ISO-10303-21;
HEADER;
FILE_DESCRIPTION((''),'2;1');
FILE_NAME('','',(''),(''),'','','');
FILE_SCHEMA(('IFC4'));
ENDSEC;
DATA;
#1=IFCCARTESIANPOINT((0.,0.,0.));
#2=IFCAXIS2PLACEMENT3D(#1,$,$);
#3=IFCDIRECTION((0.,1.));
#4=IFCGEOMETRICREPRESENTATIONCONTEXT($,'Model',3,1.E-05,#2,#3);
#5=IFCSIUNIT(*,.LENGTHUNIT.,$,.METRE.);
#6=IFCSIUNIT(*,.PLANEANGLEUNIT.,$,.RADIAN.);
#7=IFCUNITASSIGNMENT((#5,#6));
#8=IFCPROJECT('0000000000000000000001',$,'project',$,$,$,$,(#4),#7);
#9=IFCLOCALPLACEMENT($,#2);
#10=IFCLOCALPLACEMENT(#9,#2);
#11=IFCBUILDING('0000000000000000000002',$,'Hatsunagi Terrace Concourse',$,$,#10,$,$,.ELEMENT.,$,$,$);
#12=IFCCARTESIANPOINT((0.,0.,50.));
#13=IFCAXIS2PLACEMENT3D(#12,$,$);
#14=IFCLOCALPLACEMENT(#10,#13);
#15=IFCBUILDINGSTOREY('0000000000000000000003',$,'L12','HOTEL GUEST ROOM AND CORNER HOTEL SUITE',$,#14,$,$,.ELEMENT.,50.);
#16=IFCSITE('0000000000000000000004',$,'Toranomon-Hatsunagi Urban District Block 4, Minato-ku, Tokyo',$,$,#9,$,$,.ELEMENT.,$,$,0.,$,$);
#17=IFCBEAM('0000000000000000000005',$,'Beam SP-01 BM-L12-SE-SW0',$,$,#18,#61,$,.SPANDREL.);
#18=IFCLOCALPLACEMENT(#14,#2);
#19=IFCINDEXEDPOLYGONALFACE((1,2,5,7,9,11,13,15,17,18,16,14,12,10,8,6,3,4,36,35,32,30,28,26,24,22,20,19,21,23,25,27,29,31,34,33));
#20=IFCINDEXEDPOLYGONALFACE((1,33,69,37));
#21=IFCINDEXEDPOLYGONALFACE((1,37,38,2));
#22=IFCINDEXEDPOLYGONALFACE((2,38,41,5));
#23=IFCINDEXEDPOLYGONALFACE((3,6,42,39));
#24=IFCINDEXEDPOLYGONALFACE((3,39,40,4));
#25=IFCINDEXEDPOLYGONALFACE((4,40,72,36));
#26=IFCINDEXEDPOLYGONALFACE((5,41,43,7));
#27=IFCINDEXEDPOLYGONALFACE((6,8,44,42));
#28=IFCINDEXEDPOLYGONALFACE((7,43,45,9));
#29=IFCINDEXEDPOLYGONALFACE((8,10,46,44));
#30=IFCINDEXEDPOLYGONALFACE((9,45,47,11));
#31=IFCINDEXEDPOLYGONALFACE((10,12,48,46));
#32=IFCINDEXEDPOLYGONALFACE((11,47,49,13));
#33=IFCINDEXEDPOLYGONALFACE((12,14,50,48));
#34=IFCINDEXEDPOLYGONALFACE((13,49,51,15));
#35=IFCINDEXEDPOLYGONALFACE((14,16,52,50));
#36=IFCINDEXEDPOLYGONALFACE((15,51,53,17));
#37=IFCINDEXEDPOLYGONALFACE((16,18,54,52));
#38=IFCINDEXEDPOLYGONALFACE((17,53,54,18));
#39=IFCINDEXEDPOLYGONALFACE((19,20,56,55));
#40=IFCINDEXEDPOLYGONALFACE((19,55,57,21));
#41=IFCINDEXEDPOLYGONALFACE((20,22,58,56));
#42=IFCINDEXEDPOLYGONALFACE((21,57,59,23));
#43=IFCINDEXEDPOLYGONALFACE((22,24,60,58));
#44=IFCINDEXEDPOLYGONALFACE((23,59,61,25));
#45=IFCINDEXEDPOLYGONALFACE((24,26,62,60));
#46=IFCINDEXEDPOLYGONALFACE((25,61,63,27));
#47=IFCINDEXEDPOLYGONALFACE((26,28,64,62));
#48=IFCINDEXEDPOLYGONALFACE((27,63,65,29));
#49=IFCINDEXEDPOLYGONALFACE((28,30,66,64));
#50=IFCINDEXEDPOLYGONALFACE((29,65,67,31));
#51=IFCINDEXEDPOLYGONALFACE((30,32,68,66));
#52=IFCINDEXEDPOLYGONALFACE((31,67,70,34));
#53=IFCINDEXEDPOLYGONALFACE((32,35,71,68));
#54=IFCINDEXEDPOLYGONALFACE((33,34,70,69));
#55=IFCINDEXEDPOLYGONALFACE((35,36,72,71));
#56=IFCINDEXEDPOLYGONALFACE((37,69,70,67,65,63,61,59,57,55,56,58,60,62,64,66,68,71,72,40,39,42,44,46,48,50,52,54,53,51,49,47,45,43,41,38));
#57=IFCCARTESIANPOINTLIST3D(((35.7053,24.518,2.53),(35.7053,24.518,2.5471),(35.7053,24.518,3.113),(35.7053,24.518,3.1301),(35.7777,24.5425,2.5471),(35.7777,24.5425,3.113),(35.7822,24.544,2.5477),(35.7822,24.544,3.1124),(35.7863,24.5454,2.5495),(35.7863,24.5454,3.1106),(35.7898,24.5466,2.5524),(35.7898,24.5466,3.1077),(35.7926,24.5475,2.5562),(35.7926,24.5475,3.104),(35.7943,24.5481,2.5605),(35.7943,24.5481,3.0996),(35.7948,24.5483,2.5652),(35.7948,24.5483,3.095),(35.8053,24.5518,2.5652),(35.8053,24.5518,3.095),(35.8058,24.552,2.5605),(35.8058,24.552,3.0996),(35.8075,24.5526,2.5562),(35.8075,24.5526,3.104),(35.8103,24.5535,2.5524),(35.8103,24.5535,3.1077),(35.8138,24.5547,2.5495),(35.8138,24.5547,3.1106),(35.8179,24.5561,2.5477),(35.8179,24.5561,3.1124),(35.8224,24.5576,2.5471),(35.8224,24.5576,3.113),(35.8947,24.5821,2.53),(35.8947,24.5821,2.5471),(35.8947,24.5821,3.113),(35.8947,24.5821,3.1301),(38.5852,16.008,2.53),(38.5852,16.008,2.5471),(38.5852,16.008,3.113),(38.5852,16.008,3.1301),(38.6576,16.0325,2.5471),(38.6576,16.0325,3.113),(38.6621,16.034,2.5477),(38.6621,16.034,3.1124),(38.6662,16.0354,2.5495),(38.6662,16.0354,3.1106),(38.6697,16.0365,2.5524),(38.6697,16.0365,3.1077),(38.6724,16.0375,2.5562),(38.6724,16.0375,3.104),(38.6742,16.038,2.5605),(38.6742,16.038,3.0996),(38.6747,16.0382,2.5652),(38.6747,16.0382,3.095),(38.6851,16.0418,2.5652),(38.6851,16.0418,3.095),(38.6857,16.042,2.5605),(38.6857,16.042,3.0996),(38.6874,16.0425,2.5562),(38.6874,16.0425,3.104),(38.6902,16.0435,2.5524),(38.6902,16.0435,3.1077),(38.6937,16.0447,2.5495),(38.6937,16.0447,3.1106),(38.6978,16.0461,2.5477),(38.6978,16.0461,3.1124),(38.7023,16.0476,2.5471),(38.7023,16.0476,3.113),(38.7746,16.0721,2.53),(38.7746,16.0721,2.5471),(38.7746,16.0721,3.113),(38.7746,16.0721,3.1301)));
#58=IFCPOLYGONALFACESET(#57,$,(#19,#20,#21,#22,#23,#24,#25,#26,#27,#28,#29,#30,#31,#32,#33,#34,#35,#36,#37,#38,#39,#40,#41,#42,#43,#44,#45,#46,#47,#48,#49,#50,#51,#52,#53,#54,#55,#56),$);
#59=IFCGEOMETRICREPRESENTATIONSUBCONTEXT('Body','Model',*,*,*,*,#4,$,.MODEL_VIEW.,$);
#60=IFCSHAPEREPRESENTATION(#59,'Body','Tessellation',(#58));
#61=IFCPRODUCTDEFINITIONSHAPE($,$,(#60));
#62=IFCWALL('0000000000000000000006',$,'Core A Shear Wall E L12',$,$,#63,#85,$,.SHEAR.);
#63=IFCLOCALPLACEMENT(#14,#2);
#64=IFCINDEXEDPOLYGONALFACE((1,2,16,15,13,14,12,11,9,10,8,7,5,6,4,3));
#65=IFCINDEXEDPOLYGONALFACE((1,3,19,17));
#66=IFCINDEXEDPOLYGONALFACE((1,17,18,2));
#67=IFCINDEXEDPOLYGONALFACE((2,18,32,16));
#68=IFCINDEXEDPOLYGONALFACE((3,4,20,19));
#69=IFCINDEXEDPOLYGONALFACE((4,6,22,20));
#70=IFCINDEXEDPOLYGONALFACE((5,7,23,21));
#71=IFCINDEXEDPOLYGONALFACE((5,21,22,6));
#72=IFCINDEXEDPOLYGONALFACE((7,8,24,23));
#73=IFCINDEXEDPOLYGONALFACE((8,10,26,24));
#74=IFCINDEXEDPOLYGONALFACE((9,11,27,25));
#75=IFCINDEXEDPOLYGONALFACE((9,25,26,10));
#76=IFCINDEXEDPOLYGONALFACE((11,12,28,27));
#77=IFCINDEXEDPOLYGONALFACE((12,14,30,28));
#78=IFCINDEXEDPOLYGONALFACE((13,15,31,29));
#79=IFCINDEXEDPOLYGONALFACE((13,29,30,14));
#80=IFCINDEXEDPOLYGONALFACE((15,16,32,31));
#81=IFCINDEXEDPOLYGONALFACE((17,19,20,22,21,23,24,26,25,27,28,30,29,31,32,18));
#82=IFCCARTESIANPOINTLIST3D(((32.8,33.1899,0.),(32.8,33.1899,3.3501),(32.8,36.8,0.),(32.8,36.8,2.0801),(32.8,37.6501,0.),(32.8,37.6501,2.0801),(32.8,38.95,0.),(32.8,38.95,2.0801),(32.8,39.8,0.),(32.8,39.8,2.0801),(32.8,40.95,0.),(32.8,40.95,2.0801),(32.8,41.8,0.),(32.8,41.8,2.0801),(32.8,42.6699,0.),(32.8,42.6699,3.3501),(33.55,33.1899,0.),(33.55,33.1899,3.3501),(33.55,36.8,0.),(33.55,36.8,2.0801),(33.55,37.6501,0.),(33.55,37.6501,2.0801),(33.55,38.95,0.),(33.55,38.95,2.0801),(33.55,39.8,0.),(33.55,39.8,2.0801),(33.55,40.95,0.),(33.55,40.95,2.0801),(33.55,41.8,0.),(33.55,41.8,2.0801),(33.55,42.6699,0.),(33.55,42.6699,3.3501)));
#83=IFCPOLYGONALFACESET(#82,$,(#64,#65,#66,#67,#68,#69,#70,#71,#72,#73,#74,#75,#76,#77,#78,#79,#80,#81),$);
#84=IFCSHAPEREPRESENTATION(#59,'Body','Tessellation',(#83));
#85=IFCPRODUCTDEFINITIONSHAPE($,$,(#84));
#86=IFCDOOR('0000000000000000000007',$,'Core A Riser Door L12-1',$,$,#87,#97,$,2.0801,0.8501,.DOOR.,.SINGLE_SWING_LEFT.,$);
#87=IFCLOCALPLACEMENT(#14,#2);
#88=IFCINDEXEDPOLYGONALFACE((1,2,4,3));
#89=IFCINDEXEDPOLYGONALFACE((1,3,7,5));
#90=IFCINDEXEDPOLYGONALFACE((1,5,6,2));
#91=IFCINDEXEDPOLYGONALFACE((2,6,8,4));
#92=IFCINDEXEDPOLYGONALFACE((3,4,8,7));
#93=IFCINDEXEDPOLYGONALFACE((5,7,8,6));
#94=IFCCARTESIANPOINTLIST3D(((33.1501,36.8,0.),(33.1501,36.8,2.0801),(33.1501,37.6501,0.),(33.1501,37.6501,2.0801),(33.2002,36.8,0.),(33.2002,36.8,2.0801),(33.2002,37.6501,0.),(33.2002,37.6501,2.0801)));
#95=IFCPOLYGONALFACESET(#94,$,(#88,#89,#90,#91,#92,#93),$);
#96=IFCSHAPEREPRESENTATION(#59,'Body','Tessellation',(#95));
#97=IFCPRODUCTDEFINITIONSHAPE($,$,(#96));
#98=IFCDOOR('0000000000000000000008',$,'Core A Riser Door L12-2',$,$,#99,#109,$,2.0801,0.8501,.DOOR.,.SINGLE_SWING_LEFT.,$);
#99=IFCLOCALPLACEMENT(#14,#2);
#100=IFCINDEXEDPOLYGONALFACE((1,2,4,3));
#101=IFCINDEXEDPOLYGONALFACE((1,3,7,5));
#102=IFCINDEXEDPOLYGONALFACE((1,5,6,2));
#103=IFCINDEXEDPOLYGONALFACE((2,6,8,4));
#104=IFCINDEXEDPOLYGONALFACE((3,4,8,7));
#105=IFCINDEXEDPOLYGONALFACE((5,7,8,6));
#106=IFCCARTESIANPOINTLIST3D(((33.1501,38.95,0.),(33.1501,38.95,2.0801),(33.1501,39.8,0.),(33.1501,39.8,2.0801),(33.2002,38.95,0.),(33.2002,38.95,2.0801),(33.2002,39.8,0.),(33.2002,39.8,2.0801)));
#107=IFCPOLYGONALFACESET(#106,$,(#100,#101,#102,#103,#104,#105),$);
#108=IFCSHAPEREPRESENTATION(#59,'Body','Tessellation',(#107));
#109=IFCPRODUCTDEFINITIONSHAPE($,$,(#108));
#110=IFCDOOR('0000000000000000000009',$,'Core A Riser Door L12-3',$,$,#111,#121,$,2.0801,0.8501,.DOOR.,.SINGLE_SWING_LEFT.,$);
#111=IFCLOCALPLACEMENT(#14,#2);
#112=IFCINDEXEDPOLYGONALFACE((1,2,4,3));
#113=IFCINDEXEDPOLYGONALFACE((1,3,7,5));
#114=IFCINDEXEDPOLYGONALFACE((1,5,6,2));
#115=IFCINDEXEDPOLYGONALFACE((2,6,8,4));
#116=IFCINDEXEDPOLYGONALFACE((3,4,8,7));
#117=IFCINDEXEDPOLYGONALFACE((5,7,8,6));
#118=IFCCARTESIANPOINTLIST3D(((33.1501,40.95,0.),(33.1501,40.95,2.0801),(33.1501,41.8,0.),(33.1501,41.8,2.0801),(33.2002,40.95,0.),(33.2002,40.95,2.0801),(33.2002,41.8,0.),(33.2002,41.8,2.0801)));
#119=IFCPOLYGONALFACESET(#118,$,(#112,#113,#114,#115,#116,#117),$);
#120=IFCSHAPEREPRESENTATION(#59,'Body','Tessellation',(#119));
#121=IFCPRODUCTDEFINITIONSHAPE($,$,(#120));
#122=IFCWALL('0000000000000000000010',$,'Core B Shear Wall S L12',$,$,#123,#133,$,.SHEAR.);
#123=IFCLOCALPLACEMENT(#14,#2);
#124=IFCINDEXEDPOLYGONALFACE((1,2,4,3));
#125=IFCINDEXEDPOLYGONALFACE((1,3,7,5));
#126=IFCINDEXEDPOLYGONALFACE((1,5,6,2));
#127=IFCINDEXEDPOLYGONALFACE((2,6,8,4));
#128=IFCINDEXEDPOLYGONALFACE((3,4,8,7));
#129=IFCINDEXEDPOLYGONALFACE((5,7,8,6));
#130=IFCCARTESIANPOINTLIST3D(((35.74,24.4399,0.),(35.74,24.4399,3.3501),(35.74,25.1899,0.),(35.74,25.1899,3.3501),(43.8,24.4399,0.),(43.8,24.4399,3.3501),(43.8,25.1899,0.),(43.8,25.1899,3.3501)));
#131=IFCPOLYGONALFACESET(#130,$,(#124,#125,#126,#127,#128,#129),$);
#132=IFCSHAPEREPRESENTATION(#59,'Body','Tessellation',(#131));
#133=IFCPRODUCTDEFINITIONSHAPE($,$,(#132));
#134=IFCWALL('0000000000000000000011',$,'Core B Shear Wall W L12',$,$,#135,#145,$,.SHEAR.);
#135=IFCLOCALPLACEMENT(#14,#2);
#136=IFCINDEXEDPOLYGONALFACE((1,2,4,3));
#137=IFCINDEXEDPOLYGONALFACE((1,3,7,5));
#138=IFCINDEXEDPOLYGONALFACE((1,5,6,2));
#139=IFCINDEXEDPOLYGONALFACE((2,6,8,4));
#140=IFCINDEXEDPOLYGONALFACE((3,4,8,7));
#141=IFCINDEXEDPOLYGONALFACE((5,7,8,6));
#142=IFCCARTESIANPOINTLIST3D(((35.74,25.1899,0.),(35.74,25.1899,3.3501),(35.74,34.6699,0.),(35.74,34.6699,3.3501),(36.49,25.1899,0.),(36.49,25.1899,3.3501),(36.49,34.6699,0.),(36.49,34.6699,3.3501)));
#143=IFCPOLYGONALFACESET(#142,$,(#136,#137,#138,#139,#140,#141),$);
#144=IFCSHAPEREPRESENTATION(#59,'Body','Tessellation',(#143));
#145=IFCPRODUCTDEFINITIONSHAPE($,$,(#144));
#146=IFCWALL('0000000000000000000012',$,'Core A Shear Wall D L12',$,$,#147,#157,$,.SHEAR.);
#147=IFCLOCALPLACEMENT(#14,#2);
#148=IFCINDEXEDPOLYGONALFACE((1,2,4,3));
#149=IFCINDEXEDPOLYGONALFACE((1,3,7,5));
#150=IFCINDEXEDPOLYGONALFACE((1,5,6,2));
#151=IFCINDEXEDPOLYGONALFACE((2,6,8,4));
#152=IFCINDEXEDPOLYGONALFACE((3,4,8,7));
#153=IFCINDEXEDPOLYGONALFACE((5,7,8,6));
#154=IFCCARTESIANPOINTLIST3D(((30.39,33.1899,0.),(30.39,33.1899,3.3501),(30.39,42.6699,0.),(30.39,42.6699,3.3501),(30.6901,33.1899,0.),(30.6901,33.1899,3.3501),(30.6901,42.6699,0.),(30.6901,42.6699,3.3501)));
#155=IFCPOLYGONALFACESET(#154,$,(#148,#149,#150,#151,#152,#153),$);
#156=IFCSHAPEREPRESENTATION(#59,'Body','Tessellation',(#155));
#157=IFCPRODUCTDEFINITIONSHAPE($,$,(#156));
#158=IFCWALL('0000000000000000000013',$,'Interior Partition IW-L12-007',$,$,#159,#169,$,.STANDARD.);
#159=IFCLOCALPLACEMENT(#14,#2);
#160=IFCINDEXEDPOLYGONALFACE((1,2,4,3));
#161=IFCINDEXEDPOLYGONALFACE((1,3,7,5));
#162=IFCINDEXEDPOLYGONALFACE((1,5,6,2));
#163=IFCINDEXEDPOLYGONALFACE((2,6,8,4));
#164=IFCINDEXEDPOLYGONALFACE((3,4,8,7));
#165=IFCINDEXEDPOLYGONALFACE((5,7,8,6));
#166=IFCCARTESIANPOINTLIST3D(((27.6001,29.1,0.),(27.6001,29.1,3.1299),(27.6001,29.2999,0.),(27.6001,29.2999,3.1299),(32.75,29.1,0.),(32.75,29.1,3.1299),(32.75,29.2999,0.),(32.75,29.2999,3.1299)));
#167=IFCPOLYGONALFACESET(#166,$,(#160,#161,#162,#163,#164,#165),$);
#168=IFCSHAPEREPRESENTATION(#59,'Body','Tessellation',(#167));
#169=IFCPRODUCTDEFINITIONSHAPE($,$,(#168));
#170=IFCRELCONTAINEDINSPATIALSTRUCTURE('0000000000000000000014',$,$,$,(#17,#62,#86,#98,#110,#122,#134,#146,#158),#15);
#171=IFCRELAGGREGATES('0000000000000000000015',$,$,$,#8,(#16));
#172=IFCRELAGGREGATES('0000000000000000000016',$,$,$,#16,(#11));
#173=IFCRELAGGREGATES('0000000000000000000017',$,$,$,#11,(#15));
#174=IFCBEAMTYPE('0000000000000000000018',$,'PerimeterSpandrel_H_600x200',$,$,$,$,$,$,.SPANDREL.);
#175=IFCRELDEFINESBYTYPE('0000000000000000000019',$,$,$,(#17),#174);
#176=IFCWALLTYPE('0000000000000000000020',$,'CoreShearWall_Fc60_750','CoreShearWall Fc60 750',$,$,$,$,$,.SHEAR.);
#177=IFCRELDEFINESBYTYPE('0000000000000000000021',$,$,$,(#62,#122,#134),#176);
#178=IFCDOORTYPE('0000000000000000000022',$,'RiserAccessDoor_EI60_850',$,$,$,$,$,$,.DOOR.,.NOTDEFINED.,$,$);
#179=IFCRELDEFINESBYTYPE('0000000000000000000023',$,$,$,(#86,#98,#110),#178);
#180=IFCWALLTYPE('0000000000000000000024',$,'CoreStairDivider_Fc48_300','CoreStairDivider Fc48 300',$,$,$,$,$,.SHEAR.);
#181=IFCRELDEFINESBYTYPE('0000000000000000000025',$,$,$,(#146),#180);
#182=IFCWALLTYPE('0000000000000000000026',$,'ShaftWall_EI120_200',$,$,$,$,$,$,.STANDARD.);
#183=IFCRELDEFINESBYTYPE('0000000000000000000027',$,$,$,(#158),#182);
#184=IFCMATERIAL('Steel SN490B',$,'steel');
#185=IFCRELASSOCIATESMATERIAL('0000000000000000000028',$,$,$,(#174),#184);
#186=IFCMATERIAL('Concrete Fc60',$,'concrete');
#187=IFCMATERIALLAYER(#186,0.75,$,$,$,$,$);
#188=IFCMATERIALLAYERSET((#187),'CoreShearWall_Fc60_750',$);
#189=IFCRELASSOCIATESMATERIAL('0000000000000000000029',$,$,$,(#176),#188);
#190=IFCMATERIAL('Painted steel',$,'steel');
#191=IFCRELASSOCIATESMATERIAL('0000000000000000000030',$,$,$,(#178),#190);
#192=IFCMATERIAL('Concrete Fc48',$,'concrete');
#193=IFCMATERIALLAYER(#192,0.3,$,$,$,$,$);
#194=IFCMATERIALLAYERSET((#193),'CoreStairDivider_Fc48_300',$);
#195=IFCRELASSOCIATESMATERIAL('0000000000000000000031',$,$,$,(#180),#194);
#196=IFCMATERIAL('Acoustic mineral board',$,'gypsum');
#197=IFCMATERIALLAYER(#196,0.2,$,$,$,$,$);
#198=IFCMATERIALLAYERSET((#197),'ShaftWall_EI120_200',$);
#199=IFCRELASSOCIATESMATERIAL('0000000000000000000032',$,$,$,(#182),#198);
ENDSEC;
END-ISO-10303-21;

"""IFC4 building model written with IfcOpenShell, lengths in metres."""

from ifc_helpers import new_model, si_unit, direction, frame, frame_2d, origin, origin_2d, place, context, subcontext, project, spatial, rectangle, i_section, extrude, material, layer, layer_set, material_profile, profile_set, type_object, element, fill, save


model = new_model("IFC4")

# Units and contexts
model_context = context("Model", 3, precision=1e-05, world=origin(), true_north=direction((0.0, 1.0)))
body_context = subcontext(model_context, "Body", "Model", "MODEL_VIEW")
ifc_project = project(units=[si_unit("LENGTHUNIT", "METRE"), si_unit("PLANEANGLEUNIT", "RADIAN")], contexts=[model_context])

# Site, building, storey
site_placement = place(None, origin())
site = spatial("IfcSite", under=ifc_project, at=site_placement, Name="Toranomon-Hatsunagi Urban District Block 4, Minato-ku, Tokyo", CompositionType="ELEMENT", RefElevation=0.0)
building_placement = place(site_placement, origin())
building = spatial("IfcBuilding", under=site, at=building_placement, Name="Hatsunagi Terrace Concourse", CompositionType="ELEMENT")
storey_placement = place(building_placement, frame((0.0, 0.0, 50.0)))
storey = spatial("IfcBuildingStorey", under=building, at=storey_placement, Name="L12", Description="HOTEL GUEST ROOM AND CORNER HOTEL SUITE", CompositionType="ELEMENT", Elevation=50.0)

# Beam
ifc_material_1 = material(Name="Steel SN490B", Category="steel")
ifc_material_profile_1 = material_profile(ifc_material_1, i_section(OverallWidth=0.2, OverallDepth=0.6001, WebThickness=0.011, FlangeThickness=0.0171, FilletRadius=0.0181, at=origin_2d()), Name="H-600x200x11x17")
ifc_profile_set_1 = profile_set([ifc_material_profile_1], Name="Steel SN490B")
beam_type_1 = type_object("IfcBeamType", Name="PerimeterSpandrel_H_600x200", PredefinedType="SPANDREL", material=ifc_profile_set_1)
beam_1_placement = place(storey_placement, frame((35.8, 24.55, 2.8301), z_axis=(0.320553, -0.94723, 0.0), x_axis=(0.94723, 0.320553, 0.0)))
element("IfcBeam", 1, at=beam_1_placement, inside=storey, type_object=beam_type_1, Name="Beam SP-01 BM-L12-SE-SW0", PredefinedType="SPANDREL", context=body_context, shape_type="SweptSolid", body=[
    extrude(i_section(OverallWidth=0.2, OverallDepth=0.6001, WebThickness=0.011, FlangeThickness=0.0171, FilletRadius=0.0181, at=origin_2d()), origin(), (0.0, 0.0, 1.0), 8.9841),
])

# Wall, openings, doors
ifc_material_2 = material(Name="Concrete Fc60", Category="concrete")
ifc_layer_1 = layer(ifc_material_2, 0.75)
ifc_layer_set_1 = layer_set([ifc_layer_1], Name="CoreShearWall_Fc60_750")
wall_type_1 = type_object("IfcWallType", Name="CoreShearWall_Fc60_750", Description="CoreShearWall Fc60 750", PredefinedType="SHEAR", material=ifc_layer_set_1)
wall_1_placement = place(storey_placement, frame((33.175, 33.1899, 0.0), z_axis=(0.0, 0.0, 1.0), x_axis=(0.0, 1.0, 0.0)))
wall_1 = element("IfcWall", 2, at=wall_1_placement, inside=storey, type_object=wall_type_1, Name="Core A Shear Wall E L12", PredefinedType="SHEAR", context=body_context, shape_type="SweptSolid", body=[
    extrude(rectangle(XDim=9.48, YDim=0.75, at=frame_2d((4.74, 0.0))), origin(), (0.0, 0.0, 1.0), 3.3501),
])
opening_1_placement = place(wall_1_placement, frame((3.6101, 0.0, 0.0)))
opening_1 = element("IfcOpeningElement", 3, at=opening_1_placement, cuts=wall_1, PredefinedType="OPENING", context=body_context, shape_type="SweptSolid", body=[
    extrude(rectangle(XDim=0.8501, YDim=2.0801, at=frame_2d((0.425, 1.04))), frame((0.0, 0.385, 0.0), z_axis=(0.0, -1.0, 0.0), x_axis=(1.0, 0.0, 0.0)), (0.0, 0.0, 1.0), 0.77),
])
opening_2_placement = place(wall_1_placement, frame((5.76, 0.0, 0.0)))
opening_2 = element("IfcOpeningElement", 4, at=opening_2_placement, cuts=wall_1, PredefinedType="OPENING", context=body_context, shape_type="SweptSolid", body=[
    extrude(rectangle(XDim=0.8501, YDim=2.0801, at=frame_2d((0.425, 1.04))), frame((0.0, 0.385, 0.0), z_axis=(0.0, -1.0, 0.0), x_axis=(1.0, 0.0, 0.0)), (0.0, 0.0, 1.0), 0.77),
])
opening_3_placement = place(wall_1_placement, frame((7.76, 0.0, 0.0)))
opening_3 = element("IfcOpeningElement", 5, at=opening_3_placement, cuts=wall_1, PredefinedType="OPENING", context=body_context, shape_type="SweptSolid", body=[
    extrude(rectangle(XDim=0.8501, YDim=2.0801, at=frame_2d((0.425, 1.04))), frame((0.0, 0.385, 0.0), z_axis=(0.0, -1.0, 0.0), x_axis=(1.0, 0.0, 0.0)), (0.0, 0.0, 1.0), 0.77),
])
ifc_material_3 = material(Name="Painted steel", Category="steel")
door_type_1 = type_object("IfcDoorType", Name="RiserAccessDoor_EI60_850", OperationType="NOTDEFINED", PredefinedType="DOOR", material=ifc_material_3)
door_1_placement = place(opening_1_placement, origin())
door_1 = element("IfcDoor", 6, at=door_1_placement, inside=storey, type_object=door_type_1, Name="Core A Riser Door L12-1", OperationType="SINGLE_SWING_LEFT", OverallHeight=2.0801, OverallWidth=0.8501, PredefinedType="DOOR", context=body_context, shape_type="SweptSolid", body=[
    extrude(rectangle(XDim=0.8501, YDim=2.0801, at=frame_2d((0.425, 1.04))), frame((0.0, 0.0249, 0.0), z_axis=(0.0, -1.0, 0.0), x_axis=(1.0, 0.0, 0.0)), (0.0, 0.0, 1.0), 0.05),
])
fill(opening_1, door_1)
door_2_placement = place(opening_2_placement, origin())
door_2 = element("IfcDoor", 7, at=door_2_placement, inside=storey, type_object=door_type_1, Name="Core A Riser Door L12-2", OperationType="SINGLE_SWING_LEFT", OverallHeight=2.0801, OverallWidth=0.8501, PredefinedType="DOOR", context=body_context, shape_type="SweptSolid", body=[
    extrude(rectangle(XDim=0.8501, YDim=2.0801, at=frame_2d((0.425, 1.04))), frame((0.0, 0.0249, 0.0), z_axis=(0.0, -1.0, 0.0), x_axis=(1.0, 0.0, 0.0)), (0.0, 0.0, 1.0), 0.05),
])
fill(opening_2, door_2)
door_3_placement = place(opening_3_placement, origin())
door_3 = element("IfcDoor", 8, at=door_3_placement, inside=storey, type_object=door_type_1, Name="Core A Riser Door L12-3", OperationType="SINGLE_SWING_LEFT", OverallHeight=2.0801, OverallWidth=0.8501, PredefinedType="DOOR", context=body_context, shape_type="SweptSolid", body=[
    extrude(rectangle(XDim=0.8501, YDim=2.0801, at=frame_2d((0.425, 1.04))), frame((0.0, 0.0249, 0.0), z_axis=(0.0, -1.0, 0.0), x_axis=(1.0, 0.0, 0.0)), (0.0, 0.0, 1.0), 0.05),
])
fill(opening_3, door_3)

# Wall
wall_2_placement = place(storey_placement, frame((35.74, 24.8149, 0.0), z_axis=(0.0, 0.0, 1.0), x_axis=(1.0, 0.0, 0.0)))
element("IfcWall", 9, at=wall_2_placement, inside=storey, type_object=wall_type_1, Name="Core B Shear Wall S L12", PredefinedType="SHEAR", context=body_context, shape_type="SweptSolid", body=[
    extrude(rectangle(XDim=8.0601, YDim=0.75, at=frame_2d((4.03, 0.0))), origin(), (0.0, 0.0, 1.0), 3.3501),
])

# Walls
wall_3_placement = place(storey_placement, frame((36.115, 25.1899, 0.0), z_axis=(0.0, 0.0, 1.0), x_axis=(0.0, 1.0, 0.0)))
element("IfcWall", 10, at=wall_3_placement, inside=storey, type_object=wall_type_1, Name="Core B Shear Wall W L12", PredefinedType="SHEAR", context=body_context, shape_type="SweptSolid", body=[
    extrude(rectangle(XDim=9.48, YDim=0.75, at=frame_2d((4.74, 0.0))), origin(), (0.0, 0.0, 1.0), 3.3501),
])
ifc_material_4 = material(Name="Concrete Fc48", Category="concrete")
ifc_layer_2 = layer(ifc_material_4, 0.3)
ifc_layer_set_2 = layer_set([ifc_layer_2], Name="CoreStairDivider_Fc48_300")
wall_type_2 = type_object("IfcWallType", Name="CoreStairDivider_Fc48_300", Description="CoreStairDivider Fc48 300", PredefinedType="SHEAR", material=ifc_layer_set_2)
wall_4_placement = place(storey_placement, frame((30.54, 33.1899, 0.0), z_axis=(0.0, 0.0, 1.0), x_axis=(0.0, 1.0, 0.0)))
element("IfcWall", 11, at=wall_4_placement, inside=storey, type_object=wall_type_2, Name="Core A Shear Wall D L12", PredefinedType="SHEAR", context=body_context, shape_type="SweptSolid", body=[
    extrude(rectangle(XDim=9.48, YDim=0.3, at=frame_2d((4.74, 0.0))), origin(), (0.0, 0.0, 1.0), 3.3501),
])
ifc_material_5 = material(Name="Acoustic mineral board", Category="gypsum")
ifc_layer_3 = layer(ifc_material_5, 0.2)
ifc_layer_set_3 = layer_set([ifc_layer_3], Name="ShaftWall_EI120_200")
wall_type_3 = type_object("IfcWallType", Name="ShaftWall_EI120_200", PredefinedType="STANDARD", material=ifc_layer_set_3)
wall_5_placement = place(storey_placement, frame((27.6001, 29.2, 0.0), z_axis=(0.0, 0.0, 1.0), x_axis=(1.0, 0.0, 0.0)))
element("IfcWall", 12, at=wall_5_placement, inside=storey, type_object=wall_type_3, Name="Interior Partition IW-L12-007", PredefinedType="STANDARD", context=body_context, shape_type="SweptSolid", body=[
    extrude(rectangle(XDim=5.1499, YDim=0.2, at=frame_2d((2.575, 0.0))), origin(), (0.0, 0.0, 1.0), 3.1299),
])

save(model, "model.ifc")
